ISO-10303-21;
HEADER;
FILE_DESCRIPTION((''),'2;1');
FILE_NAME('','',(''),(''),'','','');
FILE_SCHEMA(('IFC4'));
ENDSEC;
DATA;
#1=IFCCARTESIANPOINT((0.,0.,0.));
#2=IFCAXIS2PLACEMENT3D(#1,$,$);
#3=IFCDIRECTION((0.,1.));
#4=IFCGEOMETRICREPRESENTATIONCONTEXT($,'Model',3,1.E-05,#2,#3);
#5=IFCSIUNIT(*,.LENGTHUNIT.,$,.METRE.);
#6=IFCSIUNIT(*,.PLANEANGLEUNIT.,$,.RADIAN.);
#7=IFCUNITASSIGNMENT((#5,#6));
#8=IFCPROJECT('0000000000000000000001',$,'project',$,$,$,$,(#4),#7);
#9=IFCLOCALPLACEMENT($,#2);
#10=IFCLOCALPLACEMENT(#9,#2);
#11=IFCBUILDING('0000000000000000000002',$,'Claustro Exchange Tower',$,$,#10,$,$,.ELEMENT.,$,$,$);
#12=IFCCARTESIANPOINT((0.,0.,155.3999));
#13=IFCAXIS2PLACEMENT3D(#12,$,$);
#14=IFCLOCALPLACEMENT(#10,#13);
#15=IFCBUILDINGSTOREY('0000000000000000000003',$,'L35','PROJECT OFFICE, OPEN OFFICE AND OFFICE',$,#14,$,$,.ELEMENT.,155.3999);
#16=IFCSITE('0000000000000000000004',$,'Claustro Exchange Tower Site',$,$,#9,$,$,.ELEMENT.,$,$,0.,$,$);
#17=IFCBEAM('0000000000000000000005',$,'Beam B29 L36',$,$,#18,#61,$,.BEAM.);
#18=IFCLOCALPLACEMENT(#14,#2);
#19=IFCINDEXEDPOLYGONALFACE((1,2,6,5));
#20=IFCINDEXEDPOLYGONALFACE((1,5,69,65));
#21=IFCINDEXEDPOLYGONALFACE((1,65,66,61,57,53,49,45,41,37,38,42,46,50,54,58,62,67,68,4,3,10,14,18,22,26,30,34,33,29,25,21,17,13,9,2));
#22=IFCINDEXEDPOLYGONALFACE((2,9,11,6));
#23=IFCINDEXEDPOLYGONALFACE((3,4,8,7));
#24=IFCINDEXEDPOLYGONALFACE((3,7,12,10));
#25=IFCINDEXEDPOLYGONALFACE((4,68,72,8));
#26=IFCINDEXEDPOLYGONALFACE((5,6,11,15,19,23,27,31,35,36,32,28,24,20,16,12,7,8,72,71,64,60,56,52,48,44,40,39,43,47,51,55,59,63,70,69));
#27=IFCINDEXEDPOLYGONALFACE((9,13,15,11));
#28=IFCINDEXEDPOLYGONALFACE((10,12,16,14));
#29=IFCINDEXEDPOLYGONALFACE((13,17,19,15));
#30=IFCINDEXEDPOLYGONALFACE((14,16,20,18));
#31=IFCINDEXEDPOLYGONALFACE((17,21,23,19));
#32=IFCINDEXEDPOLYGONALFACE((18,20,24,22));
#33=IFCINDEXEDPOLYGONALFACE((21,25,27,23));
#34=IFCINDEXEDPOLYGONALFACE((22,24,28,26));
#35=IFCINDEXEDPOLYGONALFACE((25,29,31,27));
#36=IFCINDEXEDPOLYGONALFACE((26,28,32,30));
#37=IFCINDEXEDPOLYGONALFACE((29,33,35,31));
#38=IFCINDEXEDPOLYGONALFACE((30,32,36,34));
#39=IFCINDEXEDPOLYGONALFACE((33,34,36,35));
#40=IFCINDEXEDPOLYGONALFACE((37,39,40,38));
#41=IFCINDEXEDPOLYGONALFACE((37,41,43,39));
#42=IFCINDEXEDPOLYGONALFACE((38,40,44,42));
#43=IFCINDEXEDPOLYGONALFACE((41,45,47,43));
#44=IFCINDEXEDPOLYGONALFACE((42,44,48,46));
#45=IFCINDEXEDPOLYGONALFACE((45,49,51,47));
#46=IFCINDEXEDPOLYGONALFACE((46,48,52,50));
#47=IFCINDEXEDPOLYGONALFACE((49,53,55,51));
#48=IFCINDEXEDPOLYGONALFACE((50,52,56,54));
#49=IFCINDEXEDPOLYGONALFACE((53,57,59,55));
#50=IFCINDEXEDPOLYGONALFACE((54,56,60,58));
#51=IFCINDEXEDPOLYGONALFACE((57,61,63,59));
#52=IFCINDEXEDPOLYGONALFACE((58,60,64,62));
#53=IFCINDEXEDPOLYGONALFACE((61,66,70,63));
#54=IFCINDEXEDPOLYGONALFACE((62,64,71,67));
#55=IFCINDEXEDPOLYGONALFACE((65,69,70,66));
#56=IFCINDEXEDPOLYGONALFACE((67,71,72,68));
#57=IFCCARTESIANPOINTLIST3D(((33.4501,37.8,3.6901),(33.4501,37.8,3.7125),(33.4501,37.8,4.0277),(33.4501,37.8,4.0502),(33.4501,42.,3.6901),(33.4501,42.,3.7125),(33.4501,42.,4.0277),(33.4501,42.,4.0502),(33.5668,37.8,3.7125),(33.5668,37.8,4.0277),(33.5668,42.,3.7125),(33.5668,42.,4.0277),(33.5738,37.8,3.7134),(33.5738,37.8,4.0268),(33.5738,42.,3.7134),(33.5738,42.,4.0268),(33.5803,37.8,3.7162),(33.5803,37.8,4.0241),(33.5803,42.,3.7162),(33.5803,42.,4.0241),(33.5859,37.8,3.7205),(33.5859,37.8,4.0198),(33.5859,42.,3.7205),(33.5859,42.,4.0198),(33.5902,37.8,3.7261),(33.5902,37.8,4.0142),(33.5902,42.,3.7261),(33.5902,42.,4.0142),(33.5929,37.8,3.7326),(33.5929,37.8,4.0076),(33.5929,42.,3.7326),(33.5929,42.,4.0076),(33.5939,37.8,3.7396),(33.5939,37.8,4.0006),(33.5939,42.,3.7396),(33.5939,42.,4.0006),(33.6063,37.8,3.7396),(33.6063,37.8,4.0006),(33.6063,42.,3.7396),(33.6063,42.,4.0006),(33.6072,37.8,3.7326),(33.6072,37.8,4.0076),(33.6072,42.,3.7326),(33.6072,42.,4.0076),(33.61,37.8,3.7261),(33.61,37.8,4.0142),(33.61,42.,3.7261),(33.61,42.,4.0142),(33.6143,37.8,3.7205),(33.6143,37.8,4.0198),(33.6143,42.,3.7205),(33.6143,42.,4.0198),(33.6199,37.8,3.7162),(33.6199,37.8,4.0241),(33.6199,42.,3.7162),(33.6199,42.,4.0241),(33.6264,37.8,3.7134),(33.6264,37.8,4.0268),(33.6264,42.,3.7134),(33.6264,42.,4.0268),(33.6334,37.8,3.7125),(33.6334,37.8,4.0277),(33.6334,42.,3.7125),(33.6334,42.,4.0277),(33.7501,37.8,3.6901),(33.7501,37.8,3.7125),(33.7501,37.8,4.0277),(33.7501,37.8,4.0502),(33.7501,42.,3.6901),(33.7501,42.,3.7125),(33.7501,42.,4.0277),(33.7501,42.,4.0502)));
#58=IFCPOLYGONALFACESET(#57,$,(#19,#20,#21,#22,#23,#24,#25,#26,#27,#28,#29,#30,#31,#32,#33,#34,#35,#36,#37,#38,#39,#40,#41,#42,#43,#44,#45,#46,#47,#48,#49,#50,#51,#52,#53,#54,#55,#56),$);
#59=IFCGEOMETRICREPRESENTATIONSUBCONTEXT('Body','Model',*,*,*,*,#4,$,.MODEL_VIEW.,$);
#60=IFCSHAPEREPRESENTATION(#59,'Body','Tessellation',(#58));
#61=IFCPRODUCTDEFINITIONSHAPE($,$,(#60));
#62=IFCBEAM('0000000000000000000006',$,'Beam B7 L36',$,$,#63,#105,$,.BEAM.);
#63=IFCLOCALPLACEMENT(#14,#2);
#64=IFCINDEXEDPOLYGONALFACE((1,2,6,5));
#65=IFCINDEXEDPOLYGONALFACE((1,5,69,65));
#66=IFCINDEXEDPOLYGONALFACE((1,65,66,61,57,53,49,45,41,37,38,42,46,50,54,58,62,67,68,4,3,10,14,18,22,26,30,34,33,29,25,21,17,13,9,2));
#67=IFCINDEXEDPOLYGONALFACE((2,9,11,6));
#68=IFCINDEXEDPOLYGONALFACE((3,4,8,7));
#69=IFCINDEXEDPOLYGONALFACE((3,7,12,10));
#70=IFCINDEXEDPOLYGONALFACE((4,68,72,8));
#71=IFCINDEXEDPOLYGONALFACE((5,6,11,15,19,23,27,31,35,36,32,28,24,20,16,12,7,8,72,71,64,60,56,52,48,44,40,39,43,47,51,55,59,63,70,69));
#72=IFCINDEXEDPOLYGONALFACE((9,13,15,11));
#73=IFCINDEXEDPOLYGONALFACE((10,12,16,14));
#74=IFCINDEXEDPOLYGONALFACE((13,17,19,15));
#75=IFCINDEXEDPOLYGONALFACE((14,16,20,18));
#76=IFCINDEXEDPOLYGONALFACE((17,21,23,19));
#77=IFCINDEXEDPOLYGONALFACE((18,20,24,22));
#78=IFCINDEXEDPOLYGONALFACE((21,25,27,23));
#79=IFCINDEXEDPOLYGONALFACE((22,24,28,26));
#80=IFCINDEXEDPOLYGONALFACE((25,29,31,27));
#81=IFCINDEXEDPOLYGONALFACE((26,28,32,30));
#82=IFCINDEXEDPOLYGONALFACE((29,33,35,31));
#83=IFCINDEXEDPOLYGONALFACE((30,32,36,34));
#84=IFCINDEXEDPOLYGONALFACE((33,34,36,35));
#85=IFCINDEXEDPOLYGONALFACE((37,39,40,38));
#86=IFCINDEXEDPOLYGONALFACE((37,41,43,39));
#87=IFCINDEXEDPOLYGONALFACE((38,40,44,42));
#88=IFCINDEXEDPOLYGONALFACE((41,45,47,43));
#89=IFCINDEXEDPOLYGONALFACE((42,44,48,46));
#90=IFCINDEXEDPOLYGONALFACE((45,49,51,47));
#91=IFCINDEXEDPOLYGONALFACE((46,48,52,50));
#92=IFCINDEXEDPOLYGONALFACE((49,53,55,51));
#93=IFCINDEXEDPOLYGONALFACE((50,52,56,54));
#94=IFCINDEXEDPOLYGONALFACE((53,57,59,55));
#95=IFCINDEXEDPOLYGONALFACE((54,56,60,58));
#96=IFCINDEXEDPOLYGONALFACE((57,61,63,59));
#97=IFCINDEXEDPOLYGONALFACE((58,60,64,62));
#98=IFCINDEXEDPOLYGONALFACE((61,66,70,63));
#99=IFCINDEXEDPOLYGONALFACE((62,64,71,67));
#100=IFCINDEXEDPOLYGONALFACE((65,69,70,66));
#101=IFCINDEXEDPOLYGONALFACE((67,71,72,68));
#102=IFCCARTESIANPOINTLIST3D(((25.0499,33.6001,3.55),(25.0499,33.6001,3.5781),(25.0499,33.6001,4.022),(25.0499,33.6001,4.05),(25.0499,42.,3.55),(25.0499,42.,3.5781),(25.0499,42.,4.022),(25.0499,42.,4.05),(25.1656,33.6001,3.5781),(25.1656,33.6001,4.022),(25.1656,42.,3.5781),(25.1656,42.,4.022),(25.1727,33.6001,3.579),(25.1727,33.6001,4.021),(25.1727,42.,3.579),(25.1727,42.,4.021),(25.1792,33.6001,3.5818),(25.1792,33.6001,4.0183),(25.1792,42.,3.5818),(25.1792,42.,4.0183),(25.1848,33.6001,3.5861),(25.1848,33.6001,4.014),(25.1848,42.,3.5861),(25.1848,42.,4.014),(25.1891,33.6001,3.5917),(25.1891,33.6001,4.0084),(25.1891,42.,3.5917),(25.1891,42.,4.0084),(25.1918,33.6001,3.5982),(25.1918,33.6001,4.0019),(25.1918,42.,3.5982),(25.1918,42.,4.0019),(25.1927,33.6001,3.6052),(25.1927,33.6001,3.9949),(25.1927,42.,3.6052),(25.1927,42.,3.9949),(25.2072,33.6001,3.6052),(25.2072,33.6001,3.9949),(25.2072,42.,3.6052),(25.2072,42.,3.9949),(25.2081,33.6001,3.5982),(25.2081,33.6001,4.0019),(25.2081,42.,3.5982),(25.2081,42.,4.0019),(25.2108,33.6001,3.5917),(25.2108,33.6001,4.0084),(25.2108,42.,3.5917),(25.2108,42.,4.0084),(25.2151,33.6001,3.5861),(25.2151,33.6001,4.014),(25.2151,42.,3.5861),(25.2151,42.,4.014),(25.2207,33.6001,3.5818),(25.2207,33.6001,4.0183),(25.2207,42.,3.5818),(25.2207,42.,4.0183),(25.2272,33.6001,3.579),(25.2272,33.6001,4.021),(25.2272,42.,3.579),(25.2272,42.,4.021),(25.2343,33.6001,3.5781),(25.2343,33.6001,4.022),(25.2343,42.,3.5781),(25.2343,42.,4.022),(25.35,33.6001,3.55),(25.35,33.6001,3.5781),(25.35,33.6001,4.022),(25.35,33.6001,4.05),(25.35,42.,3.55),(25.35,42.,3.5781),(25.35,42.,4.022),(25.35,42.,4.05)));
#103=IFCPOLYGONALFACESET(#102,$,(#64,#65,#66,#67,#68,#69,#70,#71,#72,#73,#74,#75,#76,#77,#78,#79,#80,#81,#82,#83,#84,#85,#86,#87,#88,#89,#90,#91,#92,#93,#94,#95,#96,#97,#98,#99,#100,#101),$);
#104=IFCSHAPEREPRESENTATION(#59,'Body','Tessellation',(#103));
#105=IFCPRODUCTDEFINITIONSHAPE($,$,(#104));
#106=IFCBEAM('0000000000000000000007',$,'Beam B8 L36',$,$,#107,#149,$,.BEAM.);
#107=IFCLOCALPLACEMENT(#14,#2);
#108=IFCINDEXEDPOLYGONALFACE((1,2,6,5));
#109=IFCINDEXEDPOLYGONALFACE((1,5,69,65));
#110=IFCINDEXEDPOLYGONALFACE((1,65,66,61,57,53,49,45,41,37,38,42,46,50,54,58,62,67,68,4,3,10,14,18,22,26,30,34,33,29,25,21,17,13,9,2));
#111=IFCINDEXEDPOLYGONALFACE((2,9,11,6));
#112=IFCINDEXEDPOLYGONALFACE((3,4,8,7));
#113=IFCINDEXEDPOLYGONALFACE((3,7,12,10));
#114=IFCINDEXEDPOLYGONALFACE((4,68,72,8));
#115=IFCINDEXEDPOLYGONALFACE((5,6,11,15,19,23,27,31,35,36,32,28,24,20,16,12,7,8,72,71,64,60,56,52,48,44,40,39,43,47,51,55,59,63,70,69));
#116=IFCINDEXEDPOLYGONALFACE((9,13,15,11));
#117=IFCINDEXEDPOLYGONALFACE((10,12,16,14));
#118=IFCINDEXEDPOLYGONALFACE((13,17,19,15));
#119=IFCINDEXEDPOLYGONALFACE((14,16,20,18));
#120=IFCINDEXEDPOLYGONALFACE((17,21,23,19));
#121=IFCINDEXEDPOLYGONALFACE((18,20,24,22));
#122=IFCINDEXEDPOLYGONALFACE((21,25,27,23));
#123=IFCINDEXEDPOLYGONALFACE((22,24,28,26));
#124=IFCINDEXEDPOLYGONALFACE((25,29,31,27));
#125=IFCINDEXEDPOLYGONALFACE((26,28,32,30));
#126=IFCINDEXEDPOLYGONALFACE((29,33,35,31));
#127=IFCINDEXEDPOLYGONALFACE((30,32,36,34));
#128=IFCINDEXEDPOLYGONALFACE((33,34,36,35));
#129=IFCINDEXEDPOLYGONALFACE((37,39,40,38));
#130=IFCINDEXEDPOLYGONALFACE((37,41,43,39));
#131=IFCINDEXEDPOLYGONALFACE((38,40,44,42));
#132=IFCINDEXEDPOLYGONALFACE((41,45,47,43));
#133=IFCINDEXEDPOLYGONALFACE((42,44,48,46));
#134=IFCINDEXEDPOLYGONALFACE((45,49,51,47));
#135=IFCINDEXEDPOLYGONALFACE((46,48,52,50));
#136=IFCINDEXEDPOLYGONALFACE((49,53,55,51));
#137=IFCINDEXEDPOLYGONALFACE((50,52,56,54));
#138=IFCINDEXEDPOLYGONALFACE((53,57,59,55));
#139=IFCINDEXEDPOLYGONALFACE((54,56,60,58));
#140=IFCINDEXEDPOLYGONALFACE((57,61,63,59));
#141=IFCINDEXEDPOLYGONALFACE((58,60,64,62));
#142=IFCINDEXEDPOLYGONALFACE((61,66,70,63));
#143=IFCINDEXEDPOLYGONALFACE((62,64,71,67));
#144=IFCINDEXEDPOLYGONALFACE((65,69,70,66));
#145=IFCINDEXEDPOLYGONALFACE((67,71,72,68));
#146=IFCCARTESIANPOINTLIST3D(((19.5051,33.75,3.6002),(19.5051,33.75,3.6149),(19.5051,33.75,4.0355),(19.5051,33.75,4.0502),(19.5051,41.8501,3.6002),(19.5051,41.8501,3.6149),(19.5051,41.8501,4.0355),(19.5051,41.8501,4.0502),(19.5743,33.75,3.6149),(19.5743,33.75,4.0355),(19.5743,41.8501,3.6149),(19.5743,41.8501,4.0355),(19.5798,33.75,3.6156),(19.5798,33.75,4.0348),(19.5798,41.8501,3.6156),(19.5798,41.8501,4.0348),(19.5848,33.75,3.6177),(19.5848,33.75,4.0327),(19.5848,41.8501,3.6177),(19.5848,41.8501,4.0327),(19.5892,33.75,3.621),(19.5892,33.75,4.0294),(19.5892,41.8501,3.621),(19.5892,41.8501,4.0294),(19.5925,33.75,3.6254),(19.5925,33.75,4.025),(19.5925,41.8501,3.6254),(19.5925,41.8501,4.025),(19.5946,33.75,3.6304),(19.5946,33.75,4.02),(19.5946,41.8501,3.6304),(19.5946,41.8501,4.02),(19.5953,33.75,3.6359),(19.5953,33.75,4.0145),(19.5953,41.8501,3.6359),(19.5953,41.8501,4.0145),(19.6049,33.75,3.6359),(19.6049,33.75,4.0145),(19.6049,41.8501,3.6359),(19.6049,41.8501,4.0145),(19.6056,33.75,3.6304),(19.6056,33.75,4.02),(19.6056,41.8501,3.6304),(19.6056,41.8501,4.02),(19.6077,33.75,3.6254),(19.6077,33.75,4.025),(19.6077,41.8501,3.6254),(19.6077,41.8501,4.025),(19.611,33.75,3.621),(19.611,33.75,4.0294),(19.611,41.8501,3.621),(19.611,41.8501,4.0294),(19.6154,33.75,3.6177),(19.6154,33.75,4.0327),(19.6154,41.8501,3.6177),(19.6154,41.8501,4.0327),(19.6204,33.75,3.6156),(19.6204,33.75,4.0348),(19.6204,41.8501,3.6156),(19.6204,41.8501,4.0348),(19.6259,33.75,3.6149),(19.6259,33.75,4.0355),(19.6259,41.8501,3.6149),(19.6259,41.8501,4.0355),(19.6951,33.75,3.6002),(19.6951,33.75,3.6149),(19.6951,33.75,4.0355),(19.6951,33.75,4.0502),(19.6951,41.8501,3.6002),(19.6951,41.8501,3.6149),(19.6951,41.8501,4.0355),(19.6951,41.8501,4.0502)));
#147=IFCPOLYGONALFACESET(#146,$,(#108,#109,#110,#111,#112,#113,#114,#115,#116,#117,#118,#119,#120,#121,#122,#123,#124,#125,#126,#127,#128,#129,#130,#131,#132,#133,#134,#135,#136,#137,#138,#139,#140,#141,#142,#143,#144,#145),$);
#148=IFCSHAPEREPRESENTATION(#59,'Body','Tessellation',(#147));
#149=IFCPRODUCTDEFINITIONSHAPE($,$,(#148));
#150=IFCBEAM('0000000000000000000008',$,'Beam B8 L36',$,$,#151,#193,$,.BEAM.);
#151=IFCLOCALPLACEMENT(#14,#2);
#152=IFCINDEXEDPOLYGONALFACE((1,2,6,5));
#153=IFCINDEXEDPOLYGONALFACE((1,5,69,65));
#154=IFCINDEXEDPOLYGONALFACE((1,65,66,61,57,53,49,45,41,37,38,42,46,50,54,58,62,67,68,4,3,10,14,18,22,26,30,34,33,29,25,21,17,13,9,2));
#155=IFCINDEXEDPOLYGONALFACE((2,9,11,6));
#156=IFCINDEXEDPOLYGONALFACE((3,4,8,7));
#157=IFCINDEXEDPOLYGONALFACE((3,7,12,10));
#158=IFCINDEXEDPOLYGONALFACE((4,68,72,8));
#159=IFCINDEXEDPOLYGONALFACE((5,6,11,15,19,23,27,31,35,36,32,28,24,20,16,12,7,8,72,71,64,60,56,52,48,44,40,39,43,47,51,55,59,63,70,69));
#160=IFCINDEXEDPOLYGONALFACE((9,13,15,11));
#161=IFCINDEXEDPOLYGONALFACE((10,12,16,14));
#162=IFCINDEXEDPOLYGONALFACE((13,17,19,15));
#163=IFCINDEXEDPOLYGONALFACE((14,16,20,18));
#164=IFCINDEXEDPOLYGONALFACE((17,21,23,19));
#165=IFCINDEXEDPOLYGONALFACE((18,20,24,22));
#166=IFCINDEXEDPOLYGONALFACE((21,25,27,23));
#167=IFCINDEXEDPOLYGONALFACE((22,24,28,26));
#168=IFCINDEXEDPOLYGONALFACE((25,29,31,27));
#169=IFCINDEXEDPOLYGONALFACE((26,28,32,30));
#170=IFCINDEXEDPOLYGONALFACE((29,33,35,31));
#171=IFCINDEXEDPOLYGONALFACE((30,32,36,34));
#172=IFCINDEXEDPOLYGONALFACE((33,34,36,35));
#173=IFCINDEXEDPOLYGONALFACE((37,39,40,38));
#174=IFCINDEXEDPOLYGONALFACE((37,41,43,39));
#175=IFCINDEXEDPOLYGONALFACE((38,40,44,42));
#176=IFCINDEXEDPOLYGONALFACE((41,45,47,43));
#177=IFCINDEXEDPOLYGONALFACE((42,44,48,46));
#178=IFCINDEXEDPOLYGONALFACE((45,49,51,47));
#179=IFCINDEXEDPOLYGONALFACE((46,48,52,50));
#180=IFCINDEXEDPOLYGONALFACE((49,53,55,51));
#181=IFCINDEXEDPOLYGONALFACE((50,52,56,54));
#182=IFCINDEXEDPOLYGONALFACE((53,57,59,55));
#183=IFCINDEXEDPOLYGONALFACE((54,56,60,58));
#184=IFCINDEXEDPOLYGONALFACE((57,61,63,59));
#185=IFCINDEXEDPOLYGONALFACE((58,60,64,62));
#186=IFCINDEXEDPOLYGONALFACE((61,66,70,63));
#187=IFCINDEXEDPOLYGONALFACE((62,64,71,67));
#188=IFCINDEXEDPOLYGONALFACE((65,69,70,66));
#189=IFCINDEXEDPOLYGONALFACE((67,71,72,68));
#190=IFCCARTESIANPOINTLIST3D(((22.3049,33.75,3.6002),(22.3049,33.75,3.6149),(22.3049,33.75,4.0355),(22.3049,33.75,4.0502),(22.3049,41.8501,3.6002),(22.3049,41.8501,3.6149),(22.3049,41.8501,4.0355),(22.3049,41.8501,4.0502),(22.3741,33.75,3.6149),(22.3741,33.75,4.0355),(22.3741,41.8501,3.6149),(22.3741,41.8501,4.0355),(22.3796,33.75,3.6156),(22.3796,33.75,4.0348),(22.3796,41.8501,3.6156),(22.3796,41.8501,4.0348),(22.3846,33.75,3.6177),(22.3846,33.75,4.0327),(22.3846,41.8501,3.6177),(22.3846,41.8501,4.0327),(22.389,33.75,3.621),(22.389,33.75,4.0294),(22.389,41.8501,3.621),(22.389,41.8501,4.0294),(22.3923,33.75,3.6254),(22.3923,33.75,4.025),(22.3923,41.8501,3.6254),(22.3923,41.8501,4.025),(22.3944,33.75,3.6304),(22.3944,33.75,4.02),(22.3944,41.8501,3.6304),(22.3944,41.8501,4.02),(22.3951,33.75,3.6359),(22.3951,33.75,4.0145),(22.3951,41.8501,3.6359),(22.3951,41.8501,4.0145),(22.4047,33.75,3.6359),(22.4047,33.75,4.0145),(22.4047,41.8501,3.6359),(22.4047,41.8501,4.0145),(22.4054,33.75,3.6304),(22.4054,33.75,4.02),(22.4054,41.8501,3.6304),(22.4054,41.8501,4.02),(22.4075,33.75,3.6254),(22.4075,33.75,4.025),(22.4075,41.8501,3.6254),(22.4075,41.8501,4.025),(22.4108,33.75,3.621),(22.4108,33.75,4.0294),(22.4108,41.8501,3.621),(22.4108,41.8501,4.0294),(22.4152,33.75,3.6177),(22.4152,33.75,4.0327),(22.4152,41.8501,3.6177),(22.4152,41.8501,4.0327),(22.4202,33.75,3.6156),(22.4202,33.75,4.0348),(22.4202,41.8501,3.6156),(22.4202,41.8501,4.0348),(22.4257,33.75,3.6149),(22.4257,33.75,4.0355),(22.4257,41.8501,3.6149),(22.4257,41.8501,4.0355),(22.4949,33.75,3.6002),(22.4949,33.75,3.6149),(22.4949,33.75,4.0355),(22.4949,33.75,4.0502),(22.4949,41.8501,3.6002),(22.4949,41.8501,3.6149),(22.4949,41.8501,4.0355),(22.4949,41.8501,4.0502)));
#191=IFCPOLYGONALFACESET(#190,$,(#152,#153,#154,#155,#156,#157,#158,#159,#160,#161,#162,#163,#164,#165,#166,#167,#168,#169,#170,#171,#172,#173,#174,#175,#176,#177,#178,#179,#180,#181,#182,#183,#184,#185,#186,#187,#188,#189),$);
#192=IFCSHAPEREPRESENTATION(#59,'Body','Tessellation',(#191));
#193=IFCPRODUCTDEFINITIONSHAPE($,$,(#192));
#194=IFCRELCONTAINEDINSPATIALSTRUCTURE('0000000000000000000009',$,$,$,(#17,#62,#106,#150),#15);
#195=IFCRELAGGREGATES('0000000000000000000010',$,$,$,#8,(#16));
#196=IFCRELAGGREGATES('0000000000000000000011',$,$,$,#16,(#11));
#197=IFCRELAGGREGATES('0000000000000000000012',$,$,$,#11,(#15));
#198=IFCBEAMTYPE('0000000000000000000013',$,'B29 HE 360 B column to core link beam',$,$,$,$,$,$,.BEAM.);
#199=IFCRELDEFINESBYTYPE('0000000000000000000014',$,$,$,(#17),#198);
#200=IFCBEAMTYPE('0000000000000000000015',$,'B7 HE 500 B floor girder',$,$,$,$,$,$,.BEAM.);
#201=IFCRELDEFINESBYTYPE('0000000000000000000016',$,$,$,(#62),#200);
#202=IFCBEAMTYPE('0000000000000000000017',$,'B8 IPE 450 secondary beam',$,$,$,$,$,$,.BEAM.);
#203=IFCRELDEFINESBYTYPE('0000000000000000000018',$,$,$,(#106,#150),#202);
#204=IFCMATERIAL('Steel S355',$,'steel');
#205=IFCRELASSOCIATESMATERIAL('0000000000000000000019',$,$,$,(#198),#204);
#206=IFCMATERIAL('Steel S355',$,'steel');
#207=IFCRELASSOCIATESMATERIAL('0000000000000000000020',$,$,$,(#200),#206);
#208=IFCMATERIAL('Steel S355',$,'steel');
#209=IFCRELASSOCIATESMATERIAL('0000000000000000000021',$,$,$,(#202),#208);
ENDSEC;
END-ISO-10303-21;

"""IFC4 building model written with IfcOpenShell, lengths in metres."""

from ifc_helpers import new_model, si_unit, direction, frame, origin, origin_2d, place, context, subcontext, project, spatial, i_section, extrude, material, material_profile, profile_set, type_object, element, save


model = new_model("IFC4")

# Units and contexts
model_context = context("Model", 3, precision=1e-05, world=origin(), true_north=direction((0.0, 1.0)))
body_context = subcontext(model_context, "Body", "Model", "MODEL_VIEW")
ifc_project = project(units=[si_unit("LENGTHUNIT", "METRE"), si_unit("PLANEANGLEUNIT", "RADIAN")], contexts=[model_context])

# Site, building, storey
site_placement = place(None, origin())
site = spatial("IfcSite", under=ifc_project, at=site_placement, Name="Claustro Exchange Tower Site", CompositionType="ELEMENT", RefElevation=0.0)
building_placement = place(site_placement, origin())
building = spatial("IfcBuilding", under=site, at=building_placement, Name="Claustro Exchange Tower", CompositionType="ELEMENT")
storey_placement = place(building_placement, frame((0.0, 0.0, 155.3999)))
storey = spatial("IfcBuildingStorey", under=building, at=storey_placement, Name="L35", Description="PROJECT OFFICE, OPEN OFFICE AND OFFICE", CompositionType="ELEMENT", Elevation=155.3999)

# Beams
ifc_material_1 = material(Name="Steel S355", Category="steel")
ifc_material_profile_1 = material_profile(ifc_material_1, i_section(OverallWidth=0.3, OverallDepth=0.3601, WebThickness=0.0125, FlangeThickness=0.0225, FilletRadius=0.0271, at=origin_2d()), Name="HE 360 B")
ifc_profile_set_1 = profile_set([ifc_material_profile_1], Name="Steel S355")
beam_type_1 = type_object("IfcBeamType", Name="B29 HE 360 B column to core link beam", PredefinedType="BEAM", material=ifc_profile_set_1)
beam_1_placement = place(storey_placement, frame((33.6001, 37.8, 3.8701), z_axis=(0.0, 1.0, 0.0), x_axis=(-1.0, 0.0, 0.0)))
element("IfcBeam", 1, at=beam_1_placement, inside=storey, type_object=beam_type_1, Name="Beam B29 L36", PredefinedType="BEAM", context=body_context, shape_type="SweptSolid", body=[
    extrude(i_section(OverallWidth=0.3, OverallDepth=0.3601, WebThickness=0.0125, FlangeThickness=0.0225, FilletRadius=0.0271, at=origin_2d()), origin(), (0.0, 0.0, 1.0), 4.2),
])
ifc_material_2 = material(Name="Steel S355", Category="steel")
ifc_material_profile_2 = material_profile(ifc_material_2, i_section(OverallWidth=0.3, OverallDepth=0.5, WebThickness=0.0144, FlangeThickness=0.0281, FilletRadius=0.0271, at=origin_2d()), Name="HE 500 B")
ifc_profile_set_2 = profile_set([ifc_material_profile_2], Name="Steel S355")
beam_type_2 = type_object("IfcBeamType", Name="B7 HE 500 B floor girder", PredefinedType="BEAM", material=ifc_profile_set_2)
beam_2_placement = place(storey_placement, frame((25.2, 33.6001, 3.8), z_axis=(0.0, 1.0, 0.0), x_axis=(-1.0, 0.0, 0.0)))
element("IfcBeam", 2, at=beam_2_placement, inside=storey, type_object=beam_type_2, Name="Beam B7 L36", PredefinedType="BEAM", context=body_context, shape_type="SweptSolid", body=[
    extrude(i_section(OverallWidth=0.3, OverallDepth=0.5, WebThickness=0.0144, FlangeThickness=0.0281, FilletRadius=0.0271, at=origin_2d()), origin(), (0.0, 0.0, 1.0), 8.3999),
])
ifc_material_3 = material(Name="Steel S355", Category="steel")
ifc_material_profile_3 = material_profile(ifc_material_3, i_section(OverallWidth=0.1899, OverallDepth=0.45, WebThickness=0.0095, FlangeThickness=0.0146, FilletRadius=0.021, at=origin_2d()), Name="IPE 450")
ifc_profile_set_3 = profile_set([ifc_material_profile_3], Name="Steel S355")
beam_type_3 = type_object("IfcBeamType", Name="B8 IPE 450 secondary beam", PredefinedType="BEAM", material=ifc_profile_set_3)
for number, where, z_axis, x_axis, name in (
    (3, (19.6001, 33.75, 3.8252), (0.0, 1.0, 0.0), (-1.0, 0.0, 0.0), "Beam B8 L36"),
    (4, (22.3999, 33.75, 3.8252), (0.0, 1.0, 0.0), (-1.0, 0.0, 0.0), "Beam B8 L36"),
):
    element("IfcBeam", number, at=place(storey_placement, frame(where, z_axis=z_axis, x_axis=x_axis)), inside=storey, type_object=beam_type_3, Name=name, PredefinedType="BEAM", context=body_context, shape_type="SweptSolid", body=[
        extrude(i_section(OverallWidth=0.1899, OverallDepth=0.45, WebThickness=0.0095, FlangeThickness=0.0146, FilletRadius=0.021, at=origin_2d()), origin(), (0.0, 0.0, 1.0), 8.1001),
    ])

save(model, "model.ifc")
